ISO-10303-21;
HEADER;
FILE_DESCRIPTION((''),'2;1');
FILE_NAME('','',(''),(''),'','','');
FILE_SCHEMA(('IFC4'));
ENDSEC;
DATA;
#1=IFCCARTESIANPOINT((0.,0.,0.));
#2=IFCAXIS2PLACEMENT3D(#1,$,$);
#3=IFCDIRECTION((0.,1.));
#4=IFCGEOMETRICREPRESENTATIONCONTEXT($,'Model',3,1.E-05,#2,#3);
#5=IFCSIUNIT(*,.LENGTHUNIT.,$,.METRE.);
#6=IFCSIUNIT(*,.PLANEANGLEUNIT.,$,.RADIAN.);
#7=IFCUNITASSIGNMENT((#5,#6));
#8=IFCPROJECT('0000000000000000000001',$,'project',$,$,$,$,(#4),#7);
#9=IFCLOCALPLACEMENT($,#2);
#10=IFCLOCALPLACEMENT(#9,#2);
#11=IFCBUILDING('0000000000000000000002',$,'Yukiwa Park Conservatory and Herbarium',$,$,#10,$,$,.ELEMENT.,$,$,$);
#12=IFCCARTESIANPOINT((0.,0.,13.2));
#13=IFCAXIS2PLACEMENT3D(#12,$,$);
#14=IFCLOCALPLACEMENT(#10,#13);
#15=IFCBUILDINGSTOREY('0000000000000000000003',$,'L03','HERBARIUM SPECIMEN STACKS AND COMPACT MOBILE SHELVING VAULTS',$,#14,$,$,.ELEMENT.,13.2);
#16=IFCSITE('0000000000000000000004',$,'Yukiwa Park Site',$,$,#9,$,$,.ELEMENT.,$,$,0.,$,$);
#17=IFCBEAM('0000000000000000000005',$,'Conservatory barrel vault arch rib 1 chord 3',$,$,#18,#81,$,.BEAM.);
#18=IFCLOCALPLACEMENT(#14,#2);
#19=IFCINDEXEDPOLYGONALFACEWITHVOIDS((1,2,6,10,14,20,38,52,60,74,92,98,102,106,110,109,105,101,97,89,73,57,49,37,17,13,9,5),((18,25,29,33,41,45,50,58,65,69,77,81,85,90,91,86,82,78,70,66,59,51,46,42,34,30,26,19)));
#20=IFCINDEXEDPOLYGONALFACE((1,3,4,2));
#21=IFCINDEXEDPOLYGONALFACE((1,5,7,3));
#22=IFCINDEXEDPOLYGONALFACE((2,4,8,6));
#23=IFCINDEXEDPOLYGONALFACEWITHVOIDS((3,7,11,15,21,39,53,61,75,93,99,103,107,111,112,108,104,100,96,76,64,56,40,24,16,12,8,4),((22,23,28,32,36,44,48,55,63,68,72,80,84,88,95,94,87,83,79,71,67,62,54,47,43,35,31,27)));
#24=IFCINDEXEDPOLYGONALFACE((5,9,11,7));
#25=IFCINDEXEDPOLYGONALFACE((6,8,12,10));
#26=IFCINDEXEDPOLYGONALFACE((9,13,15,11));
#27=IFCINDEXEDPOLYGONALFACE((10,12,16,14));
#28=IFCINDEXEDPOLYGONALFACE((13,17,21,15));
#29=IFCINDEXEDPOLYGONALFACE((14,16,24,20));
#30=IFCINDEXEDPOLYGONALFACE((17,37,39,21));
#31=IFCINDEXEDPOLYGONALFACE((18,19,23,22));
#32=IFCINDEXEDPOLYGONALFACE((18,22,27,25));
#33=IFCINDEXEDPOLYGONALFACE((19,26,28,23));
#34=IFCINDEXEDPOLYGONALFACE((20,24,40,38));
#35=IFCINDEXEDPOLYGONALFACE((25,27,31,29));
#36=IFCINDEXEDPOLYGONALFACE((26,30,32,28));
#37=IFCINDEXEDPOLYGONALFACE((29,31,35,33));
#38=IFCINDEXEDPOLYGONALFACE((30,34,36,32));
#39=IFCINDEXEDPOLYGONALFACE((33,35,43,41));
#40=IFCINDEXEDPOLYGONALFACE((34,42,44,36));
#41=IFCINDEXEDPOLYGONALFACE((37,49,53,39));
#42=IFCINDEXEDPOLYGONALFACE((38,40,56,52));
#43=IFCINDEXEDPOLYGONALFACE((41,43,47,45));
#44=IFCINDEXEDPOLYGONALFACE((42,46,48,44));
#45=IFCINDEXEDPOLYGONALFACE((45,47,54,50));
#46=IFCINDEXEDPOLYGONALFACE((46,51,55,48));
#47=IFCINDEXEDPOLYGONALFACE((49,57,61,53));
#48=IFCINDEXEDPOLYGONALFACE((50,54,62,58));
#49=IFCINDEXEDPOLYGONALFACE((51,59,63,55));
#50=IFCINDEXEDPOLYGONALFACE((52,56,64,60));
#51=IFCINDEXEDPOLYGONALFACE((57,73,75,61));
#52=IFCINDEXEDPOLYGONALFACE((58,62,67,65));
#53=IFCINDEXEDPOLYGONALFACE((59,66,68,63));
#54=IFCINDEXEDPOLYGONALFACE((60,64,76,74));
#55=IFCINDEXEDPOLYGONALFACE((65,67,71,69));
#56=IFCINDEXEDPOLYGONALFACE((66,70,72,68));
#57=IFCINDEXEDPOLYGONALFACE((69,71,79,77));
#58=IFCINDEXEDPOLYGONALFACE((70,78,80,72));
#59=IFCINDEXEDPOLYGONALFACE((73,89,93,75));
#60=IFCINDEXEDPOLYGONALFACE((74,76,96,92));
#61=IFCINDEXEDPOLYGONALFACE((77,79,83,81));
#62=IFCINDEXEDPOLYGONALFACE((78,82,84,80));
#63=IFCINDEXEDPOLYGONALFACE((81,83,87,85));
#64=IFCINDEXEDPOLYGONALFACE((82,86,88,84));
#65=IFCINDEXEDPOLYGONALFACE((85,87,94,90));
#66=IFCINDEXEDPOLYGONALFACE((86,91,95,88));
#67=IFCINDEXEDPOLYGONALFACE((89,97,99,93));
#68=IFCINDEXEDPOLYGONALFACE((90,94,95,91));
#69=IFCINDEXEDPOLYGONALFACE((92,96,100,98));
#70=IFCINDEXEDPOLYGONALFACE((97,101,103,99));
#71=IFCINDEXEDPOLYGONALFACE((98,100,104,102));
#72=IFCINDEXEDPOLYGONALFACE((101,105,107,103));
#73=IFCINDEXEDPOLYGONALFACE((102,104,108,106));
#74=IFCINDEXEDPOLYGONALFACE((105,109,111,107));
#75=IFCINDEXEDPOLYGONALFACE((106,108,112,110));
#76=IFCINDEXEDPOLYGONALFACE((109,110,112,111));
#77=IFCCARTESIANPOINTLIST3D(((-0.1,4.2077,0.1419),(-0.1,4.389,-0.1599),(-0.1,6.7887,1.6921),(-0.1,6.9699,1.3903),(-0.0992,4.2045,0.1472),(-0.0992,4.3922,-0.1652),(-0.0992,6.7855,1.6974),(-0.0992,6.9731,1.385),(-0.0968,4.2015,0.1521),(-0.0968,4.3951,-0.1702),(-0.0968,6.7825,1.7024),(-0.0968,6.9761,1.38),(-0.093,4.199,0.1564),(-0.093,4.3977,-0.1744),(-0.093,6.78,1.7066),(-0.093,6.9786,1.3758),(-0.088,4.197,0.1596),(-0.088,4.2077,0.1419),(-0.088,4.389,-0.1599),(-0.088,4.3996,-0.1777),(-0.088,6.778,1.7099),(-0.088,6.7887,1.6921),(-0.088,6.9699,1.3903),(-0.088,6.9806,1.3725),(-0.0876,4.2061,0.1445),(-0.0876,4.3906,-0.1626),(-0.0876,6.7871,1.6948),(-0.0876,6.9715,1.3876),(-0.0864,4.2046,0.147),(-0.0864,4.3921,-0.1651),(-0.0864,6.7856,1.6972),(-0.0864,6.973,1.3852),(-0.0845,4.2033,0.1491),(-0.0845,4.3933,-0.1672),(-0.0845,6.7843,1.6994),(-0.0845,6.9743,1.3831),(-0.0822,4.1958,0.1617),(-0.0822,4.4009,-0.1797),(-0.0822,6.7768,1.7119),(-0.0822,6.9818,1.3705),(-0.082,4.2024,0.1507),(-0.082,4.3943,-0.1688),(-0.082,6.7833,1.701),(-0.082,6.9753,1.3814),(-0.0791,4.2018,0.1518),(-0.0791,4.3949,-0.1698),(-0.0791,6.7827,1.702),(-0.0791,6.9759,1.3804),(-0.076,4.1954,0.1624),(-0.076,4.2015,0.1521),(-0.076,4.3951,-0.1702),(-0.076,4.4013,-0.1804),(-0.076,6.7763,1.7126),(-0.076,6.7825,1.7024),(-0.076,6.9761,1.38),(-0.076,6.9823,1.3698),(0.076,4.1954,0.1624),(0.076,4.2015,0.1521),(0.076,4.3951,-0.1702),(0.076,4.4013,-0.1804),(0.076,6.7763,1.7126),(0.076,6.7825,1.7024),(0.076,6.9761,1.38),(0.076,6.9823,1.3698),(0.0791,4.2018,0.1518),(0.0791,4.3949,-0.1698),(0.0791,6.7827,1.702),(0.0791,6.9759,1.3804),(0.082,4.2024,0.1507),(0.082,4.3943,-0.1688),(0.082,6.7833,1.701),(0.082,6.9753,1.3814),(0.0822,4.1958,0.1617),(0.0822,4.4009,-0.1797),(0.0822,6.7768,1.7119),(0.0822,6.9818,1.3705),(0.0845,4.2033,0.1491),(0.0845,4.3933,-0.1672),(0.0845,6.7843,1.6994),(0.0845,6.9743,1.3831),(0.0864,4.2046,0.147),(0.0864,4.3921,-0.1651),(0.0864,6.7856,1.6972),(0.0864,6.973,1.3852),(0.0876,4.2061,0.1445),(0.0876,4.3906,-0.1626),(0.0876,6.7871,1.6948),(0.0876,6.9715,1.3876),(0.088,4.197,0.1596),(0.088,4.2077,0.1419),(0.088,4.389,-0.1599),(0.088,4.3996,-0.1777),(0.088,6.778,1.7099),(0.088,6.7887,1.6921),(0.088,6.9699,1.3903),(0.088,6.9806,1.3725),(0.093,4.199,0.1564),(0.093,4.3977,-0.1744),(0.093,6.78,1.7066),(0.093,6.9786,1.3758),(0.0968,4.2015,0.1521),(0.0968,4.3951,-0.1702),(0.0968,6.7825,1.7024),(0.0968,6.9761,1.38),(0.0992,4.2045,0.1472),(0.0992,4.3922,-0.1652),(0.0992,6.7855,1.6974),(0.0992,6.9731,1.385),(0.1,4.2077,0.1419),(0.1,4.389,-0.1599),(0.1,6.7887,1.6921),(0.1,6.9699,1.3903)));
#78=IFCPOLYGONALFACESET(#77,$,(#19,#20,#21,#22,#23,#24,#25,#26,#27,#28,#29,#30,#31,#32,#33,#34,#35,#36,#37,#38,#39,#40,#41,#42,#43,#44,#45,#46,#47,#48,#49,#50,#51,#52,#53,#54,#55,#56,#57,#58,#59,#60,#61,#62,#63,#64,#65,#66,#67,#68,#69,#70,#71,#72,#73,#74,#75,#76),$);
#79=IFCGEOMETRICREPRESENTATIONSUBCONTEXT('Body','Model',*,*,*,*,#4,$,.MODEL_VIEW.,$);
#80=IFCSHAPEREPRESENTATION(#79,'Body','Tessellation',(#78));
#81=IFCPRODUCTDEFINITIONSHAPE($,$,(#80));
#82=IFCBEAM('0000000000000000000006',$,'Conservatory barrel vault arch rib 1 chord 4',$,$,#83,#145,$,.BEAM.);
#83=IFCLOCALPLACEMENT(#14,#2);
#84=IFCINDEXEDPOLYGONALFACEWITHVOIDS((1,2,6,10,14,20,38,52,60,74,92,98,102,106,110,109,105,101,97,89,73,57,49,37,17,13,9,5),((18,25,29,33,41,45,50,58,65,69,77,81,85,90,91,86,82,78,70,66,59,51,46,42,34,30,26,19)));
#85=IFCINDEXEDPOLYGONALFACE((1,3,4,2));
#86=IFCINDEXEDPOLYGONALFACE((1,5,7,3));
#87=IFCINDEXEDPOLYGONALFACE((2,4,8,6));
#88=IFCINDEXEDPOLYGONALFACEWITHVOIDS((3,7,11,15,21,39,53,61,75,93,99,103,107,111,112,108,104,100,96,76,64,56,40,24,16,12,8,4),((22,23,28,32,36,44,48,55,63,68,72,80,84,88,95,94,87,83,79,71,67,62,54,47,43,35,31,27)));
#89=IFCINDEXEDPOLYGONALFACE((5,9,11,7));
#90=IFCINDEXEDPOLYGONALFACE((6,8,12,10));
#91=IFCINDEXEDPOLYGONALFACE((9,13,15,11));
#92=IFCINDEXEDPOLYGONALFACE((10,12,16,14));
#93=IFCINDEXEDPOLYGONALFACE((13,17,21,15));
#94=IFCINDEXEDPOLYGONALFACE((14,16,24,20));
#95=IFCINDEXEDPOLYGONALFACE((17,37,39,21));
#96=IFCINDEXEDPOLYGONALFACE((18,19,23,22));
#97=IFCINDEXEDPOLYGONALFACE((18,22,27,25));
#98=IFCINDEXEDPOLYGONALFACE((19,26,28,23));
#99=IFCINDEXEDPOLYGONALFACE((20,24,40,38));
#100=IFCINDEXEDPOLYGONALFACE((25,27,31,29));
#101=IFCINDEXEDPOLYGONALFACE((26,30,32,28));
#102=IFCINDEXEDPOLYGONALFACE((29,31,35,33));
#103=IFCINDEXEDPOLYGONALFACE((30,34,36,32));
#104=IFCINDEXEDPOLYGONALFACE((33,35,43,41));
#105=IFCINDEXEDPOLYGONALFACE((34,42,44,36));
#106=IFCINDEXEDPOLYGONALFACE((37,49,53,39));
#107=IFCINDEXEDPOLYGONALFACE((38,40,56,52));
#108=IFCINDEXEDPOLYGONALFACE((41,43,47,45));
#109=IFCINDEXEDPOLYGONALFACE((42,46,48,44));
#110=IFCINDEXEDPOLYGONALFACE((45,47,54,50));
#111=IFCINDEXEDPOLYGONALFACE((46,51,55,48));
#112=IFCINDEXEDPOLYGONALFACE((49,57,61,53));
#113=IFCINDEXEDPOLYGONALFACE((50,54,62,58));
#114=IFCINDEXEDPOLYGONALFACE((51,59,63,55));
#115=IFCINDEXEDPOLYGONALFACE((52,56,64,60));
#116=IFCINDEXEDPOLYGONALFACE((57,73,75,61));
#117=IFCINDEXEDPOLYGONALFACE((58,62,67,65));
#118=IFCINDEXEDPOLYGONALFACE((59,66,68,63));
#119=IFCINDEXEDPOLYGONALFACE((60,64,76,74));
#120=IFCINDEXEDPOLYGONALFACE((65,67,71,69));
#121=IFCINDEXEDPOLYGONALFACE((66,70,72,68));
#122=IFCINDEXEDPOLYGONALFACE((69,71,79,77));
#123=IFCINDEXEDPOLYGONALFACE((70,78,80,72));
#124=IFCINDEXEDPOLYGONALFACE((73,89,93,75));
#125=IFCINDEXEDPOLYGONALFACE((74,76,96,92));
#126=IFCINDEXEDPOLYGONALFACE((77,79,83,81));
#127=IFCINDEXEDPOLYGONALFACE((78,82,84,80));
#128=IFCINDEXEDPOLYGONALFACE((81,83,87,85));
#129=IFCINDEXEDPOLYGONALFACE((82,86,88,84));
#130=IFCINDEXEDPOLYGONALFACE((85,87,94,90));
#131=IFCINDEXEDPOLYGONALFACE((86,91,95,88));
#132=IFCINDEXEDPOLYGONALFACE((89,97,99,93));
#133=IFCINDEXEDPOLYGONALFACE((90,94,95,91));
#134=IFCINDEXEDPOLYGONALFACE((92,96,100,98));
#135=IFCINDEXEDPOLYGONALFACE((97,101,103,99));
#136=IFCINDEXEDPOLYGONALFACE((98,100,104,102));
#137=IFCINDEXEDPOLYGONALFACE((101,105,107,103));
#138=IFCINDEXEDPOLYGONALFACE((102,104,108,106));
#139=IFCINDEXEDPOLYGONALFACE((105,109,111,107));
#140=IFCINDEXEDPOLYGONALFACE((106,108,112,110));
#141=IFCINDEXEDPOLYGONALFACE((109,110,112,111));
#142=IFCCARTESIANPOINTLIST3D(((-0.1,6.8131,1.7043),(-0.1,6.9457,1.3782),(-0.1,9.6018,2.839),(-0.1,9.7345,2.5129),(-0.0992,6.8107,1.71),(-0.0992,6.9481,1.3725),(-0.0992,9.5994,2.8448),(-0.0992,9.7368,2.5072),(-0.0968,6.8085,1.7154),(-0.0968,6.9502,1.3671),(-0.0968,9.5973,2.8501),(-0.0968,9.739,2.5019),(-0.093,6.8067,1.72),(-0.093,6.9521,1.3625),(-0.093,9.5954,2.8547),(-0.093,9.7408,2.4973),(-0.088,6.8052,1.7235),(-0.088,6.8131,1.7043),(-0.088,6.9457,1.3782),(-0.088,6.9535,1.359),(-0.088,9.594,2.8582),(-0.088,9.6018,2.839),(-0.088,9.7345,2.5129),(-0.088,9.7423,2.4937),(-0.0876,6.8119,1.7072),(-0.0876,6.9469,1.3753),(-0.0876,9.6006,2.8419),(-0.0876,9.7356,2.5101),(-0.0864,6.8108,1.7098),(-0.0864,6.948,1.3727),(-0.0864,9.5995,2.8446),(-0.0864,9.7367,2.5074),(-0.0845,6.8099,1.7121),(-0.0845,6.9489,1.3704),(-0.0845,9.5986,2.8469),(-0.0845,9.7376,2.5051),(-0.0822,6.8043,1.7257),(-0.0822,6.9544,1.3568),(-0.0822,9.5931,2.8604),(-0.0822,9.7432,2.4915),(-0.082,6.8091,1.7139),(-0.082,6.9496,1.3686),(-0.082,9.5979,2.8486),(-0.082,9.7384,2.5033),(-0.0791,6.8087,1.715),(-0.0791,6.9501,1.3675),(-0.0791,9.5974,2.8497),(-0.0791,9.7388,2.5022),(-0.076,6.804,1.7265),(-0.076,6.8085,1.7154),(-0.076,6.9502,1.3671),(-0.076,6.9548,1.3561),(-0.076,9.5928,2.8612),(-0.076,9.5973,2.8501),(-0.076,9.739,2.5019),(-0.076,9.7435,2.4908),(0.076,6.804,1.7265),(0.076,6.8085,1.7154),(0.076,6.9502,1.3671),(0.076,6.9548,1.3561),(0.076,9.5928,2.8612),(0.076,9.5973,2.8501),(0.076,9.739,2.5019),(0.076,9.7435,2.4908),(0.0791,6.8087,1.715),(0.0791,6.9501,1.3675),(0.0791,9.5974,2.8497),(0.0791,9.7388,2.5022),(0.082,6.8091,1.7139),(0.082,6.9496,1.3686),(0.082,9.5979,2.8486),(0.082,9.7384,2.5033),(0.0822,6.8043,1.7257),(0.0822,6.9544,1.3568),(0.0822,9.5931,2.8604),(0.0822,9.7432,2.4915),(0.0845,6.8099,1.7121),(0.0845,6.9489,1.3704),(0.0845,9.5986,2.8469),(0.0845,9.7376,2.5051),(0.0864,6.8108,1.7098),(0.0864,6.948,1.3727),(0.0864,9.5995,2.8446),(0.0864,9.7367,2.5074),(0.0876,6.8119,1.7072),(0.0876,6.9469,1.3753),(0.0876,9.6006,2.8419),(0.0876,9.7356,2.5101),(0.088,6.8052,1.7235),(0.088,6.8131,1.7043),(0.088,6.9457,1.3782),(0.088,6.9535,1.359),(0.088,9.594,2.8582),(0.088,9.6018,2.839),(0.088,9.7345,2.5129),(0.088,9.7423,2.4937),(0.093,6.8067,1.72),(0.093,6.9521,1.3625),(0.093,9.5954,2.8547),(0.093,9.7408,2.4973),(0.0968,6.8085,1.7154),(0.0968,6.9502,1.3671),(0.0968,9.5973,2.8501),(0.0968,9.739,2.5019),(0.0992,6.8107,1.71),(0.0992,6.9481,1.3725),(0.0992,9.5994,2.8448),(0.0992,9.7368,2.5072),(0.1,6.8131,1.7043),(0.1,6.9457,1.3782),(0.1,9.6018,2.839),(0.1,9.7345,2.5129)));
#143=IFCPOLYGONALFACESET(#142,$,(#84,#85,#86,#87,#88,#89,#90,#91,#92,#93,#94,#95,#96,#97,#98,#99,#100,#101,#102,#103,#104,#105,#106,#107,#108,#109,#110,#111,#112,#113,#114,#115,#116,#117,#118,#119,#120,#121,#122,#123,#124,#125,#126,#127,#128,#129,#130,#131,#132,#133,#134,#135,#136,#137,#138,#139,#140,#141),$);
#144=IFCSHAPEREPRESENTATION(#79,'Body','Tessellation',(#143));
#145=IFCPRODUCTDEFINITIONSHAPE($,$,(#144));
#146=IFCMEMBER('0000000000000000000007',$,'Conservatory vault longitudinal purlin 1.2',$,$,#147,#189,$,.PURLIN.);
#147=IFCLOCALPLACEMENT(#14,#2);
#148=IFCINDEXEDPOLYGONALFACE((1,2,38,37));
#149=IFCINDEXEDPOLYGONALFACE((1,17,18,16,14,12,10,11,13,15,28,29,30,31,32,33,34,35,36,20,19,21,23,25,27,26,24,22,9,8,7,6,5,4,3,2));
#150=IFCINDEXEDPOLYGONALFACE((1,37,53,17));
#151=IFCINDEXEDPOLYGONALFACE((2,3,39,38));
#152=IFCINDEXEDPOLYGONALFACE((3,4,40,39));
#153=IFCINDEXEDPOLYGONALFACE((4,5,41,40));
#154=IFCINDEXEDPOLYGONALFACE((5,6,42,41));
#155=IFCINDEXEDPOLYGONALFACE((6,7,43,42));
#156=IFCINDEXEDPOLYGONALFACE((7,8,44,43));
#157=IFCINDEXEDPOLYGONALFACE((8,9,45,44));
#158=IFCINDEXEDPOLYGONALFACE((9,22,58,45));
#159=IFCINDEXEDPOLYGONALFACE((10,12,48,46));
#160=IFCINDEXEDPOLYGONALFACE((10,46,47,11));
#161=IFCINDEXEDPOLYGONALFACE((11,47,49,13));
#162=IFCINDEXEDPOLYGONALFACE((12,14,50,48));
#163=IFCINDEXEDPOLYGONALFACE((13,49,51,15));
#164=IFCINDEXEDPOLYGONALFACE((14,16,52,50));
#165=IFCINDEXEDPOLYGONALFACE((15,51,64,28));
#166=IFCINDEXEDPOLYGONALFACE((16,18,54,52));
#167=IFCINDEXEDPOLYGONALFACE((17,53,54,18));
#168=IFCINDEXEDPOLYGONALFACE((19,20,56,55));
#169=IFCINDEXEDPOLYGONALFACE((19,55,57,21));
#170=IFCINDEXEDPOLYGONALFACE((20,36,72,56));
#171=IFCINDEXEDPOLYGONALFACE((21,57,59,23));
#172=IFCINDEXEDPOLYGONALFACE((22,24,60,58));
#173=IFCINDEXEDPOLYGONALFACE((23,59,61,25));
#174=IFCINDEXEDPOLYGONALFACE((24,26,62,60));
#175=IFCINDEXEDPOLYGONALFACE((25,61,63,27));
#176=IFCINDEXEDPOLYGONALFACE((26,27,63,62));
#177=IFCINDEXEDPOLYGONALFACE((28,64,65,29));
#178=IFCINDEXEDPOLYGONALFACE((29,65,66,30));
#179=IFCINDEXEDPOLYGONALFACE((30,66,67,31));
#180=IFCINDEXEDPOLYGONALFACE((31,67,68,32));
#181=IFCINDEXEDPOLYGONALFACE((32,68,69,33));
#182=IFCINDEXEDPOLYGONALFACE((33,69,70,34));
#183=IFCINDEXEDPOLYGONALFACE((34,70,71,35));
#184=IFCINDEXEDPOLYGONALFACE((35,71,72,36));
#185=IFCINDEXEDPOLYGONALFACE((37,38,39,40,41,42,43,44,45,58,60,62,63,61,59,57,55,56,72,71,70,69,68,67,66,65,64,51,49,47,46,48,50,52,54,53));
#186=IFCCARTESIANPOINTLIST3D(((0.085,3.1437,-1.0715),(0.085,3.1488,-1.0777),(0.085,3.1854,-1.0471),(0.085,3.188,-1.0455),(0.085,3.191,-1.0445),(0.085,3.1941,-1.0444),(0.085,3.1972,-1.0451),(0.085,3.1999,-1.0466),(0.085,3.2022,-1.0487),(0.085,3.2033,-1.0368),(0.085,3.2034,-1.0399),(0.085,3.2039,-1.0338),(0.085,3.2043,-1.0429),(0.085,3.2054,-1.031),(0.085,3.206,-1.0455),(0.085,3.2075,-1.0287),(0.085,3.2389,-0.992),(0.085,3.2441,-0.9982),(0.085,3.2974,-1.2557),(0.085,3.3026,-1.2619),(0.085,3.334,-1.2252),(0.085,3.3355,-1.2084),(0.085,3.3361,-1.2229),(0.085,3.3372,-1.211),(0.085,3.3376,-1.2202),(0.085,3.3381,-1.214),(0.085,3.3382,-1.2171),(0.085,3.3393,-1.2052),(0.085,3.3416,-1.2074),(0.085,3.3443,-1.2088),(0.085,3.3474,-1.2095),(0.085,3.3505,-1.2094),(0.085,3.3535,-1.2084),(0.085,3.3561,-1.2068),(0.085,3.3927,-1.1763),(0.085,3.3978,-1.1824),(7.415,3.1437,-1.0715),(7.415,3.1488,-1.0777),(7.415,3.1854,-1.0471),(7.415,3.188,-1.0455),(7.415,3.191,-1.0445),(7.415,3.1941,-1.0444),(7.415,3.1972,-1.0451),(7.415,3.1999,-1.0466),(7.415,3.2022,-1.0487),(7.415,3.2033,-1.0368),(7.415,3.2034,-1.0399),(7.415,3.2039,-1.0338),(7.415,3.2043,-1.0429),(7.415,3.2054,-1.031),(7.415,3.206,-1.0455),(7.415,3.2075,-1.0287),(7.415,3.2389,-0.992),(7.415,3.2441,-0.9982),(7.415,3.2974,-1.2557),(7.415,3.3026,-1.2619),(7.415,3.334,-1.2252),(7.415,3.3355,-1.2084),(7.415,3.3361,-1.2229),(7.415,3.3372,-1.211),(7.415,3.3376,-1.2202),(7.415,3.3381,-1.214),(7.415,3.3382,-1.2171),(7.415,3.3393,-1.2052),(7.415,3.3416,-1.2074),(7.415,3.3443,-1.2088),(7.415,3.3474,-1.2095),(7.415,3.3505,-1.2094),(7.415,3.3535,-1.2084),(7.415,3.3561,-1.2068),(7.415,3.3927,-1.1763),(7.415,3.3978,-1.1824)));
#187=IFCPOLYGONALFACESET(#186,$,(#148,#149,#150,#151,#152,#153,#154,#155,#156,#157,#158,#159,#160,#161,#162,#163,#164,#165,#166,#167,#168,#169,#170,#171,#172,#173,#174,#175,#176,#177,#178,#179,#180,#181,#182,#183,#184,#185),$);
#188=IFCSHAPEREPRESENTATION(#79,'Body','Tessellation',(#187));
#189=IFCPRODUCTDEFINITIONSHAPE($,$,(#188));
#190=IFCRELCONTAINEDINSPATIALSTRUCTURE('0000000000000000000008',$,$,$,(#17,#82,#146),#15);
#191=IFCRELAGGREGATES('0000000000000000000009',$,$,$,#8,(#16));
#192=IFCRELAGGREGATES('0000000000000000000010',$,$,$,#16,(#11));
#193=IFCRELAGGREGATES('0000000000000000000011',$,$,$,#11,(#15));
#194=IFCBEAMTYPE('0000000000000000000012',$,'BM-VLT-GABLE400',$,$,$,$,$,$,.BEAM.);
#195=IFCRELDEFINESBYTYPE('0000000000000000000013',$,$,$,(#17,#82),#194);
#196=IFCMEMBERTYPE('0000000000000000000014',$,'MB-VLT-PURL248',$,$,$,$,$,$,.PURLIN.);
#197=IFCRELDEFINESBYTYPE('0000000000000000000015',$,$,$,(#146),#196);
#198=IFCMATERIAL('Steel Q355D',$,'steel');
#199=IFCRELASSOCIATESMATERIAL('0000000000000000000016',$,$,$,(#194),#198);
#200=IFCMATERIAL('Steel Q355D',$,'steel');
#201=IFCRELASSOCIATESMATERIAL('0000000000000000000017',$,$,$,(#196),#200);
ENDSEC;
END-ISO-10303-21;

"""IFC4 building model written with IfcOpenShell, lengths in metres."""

from ifc_helpers import new_model, si_unit, direction, frame, origin, origin_2d, place, context, subcontext, project, spatial, hollow_rectangle, i_section, extrude, material, material_profile, profile_set, type_object, element, save


model = new_model("IFC4")

# Units and contexts
model_context = context("Model", 3, precision=1e-05, world=origin(), true_north=direction((0.0, 1.0)))
body_context = subcontext(model_context, "Body", "Model", "MODEL_VIEW")
ifc_project = project(units=[si_unit("LENGTHUNIT", "METRE"), si_unit("PLANEANGLEUNIT", "RADIAN")], contexts=[model_context])

# Site, building, storey
site_placement = place(None, origin())
site = spatial("IfcSite", under=ifc_project, at=site_placement, Name="Yukiwa Park Site", CompositionType="ELEMENT", RefElevation=0.0)
building_placement = place(site_placement, origin())
building = spatial("IfcBuilding", under=site, at=building_placement, Name="Yukiwa Park Conservatory and Herbarium", CompositionType="ELEMENT")
storey_placement = place(building_placement, frame((0.0, 0.0, 13.2)))
storey = spatial("IfcBuildingStorey", under=building, at=storey_placement, Name="L03", Description="HERBARIUM SPECIMEN STACKS AND COMPACT MOBILE SHELVING VAULTS", CompositionType="ELEMENT", Elevation=13.2)

# Beams
ifc_material_1 = material(Name="Steel Q355D", Category="steel")
ifc_material_profile_1 = material_profile(ifc_material_1, hollow_rectangle(XDim=0.2, YDim=0.3999, WallThickness=0.012, InnerFilletRadius=0.012, OuterFilletRadius=0.0239, at=origin_2d()), Name="RHS 400x200x12")
ifc_profile_set_1 = profile_set([ifc_material_profile_1], Name="Steel Q355D")
beam_type_1 = type_object("IfcBeamType", Name="BM-VLT-GABLE400", PredefinedType="BEAM", material=ifc_profile_set_1)
for number, where, z_axis, x_axis, name in (
    (1, (0.0, 4.2983, -0.009), (0.0, 0.85725, 0.514901), (-1.0, 0.0, 0.0), "Conservatory barrel vault arch rib 1 chord 3"),
    (2, (0.0, 6.8794, 1.5413), (0.0, 0.926257, 0.376892), (-1.0, 0.0, 0.0), "Conservatory barrel vault arch rib 1 chord 4"),
):
    element("IfcBeam", number, at=place(storey_placement, frame(where, z_axis=z_axis, x_axis=x_axis)), inside=storey, type_object=beam_type_1, Name=name, PredefinedType="BEAM", context=body_context, shape_type="SweptSolid", body=[
        extrude(hollow_rectangle(XDim=0.2, YDim=0.3999, WallThickness=0.012, InnerFilletRadius=0.012, OuterFilletRadius=0.0239, at=origin_2d()), origin(), (0.0, 0.0, 1.0), 3.0107),
    ])

# Member
ifc_material_2 = material(Name="Steel Q355D", Category="steel")
ifc_material_profile_2 = material_profile(ifc_material_2, i_section(OverallWidth=0.124, OverallDepth=0.248, WebThickness=0.0049, FlangeThickness=0.0081, FilletRadius=0.012, at=origin_2d()), Name="HN 248x124x5x8")
ifc_profile_set_2 = profile_set([ifc_material_profile_2], Name="Steel Q355D")
member_type_1 = type_object("IfcMemberType", Name="MB-VLT-PURL248", PredefinedType="PURLIN", material=ifc_profile_set_2)
for number, where, z_axis, x_axis, name in (
    (3, (0.085, 3.2708, -1.127), (1.0, 0.0, 0.0), (0.0, 0.767751, 0.640748), "Conservatory vault longitudinal purlin 1.2"),
):
    element("IfcMember", number, at=place(storey_placement, frame(where, z_axis=z_axis, x_axis=x_axis)), inside=storey, type_object=member_type_1, Name=name, PredefinedType="PURLIN", context=body_context, shape_type="SweptSolid", body=[
        extrude(i_section(OverallWidth=0.124, OverallDepth=0.248, WebThickness=0.0049, FlangeThickness=0.0081, FilletRadius=0.012, at=origin_2d()), origin(), (0.0, 0.0, 1.0), 7.3301),
    ])

save(model, "model.ifc")
